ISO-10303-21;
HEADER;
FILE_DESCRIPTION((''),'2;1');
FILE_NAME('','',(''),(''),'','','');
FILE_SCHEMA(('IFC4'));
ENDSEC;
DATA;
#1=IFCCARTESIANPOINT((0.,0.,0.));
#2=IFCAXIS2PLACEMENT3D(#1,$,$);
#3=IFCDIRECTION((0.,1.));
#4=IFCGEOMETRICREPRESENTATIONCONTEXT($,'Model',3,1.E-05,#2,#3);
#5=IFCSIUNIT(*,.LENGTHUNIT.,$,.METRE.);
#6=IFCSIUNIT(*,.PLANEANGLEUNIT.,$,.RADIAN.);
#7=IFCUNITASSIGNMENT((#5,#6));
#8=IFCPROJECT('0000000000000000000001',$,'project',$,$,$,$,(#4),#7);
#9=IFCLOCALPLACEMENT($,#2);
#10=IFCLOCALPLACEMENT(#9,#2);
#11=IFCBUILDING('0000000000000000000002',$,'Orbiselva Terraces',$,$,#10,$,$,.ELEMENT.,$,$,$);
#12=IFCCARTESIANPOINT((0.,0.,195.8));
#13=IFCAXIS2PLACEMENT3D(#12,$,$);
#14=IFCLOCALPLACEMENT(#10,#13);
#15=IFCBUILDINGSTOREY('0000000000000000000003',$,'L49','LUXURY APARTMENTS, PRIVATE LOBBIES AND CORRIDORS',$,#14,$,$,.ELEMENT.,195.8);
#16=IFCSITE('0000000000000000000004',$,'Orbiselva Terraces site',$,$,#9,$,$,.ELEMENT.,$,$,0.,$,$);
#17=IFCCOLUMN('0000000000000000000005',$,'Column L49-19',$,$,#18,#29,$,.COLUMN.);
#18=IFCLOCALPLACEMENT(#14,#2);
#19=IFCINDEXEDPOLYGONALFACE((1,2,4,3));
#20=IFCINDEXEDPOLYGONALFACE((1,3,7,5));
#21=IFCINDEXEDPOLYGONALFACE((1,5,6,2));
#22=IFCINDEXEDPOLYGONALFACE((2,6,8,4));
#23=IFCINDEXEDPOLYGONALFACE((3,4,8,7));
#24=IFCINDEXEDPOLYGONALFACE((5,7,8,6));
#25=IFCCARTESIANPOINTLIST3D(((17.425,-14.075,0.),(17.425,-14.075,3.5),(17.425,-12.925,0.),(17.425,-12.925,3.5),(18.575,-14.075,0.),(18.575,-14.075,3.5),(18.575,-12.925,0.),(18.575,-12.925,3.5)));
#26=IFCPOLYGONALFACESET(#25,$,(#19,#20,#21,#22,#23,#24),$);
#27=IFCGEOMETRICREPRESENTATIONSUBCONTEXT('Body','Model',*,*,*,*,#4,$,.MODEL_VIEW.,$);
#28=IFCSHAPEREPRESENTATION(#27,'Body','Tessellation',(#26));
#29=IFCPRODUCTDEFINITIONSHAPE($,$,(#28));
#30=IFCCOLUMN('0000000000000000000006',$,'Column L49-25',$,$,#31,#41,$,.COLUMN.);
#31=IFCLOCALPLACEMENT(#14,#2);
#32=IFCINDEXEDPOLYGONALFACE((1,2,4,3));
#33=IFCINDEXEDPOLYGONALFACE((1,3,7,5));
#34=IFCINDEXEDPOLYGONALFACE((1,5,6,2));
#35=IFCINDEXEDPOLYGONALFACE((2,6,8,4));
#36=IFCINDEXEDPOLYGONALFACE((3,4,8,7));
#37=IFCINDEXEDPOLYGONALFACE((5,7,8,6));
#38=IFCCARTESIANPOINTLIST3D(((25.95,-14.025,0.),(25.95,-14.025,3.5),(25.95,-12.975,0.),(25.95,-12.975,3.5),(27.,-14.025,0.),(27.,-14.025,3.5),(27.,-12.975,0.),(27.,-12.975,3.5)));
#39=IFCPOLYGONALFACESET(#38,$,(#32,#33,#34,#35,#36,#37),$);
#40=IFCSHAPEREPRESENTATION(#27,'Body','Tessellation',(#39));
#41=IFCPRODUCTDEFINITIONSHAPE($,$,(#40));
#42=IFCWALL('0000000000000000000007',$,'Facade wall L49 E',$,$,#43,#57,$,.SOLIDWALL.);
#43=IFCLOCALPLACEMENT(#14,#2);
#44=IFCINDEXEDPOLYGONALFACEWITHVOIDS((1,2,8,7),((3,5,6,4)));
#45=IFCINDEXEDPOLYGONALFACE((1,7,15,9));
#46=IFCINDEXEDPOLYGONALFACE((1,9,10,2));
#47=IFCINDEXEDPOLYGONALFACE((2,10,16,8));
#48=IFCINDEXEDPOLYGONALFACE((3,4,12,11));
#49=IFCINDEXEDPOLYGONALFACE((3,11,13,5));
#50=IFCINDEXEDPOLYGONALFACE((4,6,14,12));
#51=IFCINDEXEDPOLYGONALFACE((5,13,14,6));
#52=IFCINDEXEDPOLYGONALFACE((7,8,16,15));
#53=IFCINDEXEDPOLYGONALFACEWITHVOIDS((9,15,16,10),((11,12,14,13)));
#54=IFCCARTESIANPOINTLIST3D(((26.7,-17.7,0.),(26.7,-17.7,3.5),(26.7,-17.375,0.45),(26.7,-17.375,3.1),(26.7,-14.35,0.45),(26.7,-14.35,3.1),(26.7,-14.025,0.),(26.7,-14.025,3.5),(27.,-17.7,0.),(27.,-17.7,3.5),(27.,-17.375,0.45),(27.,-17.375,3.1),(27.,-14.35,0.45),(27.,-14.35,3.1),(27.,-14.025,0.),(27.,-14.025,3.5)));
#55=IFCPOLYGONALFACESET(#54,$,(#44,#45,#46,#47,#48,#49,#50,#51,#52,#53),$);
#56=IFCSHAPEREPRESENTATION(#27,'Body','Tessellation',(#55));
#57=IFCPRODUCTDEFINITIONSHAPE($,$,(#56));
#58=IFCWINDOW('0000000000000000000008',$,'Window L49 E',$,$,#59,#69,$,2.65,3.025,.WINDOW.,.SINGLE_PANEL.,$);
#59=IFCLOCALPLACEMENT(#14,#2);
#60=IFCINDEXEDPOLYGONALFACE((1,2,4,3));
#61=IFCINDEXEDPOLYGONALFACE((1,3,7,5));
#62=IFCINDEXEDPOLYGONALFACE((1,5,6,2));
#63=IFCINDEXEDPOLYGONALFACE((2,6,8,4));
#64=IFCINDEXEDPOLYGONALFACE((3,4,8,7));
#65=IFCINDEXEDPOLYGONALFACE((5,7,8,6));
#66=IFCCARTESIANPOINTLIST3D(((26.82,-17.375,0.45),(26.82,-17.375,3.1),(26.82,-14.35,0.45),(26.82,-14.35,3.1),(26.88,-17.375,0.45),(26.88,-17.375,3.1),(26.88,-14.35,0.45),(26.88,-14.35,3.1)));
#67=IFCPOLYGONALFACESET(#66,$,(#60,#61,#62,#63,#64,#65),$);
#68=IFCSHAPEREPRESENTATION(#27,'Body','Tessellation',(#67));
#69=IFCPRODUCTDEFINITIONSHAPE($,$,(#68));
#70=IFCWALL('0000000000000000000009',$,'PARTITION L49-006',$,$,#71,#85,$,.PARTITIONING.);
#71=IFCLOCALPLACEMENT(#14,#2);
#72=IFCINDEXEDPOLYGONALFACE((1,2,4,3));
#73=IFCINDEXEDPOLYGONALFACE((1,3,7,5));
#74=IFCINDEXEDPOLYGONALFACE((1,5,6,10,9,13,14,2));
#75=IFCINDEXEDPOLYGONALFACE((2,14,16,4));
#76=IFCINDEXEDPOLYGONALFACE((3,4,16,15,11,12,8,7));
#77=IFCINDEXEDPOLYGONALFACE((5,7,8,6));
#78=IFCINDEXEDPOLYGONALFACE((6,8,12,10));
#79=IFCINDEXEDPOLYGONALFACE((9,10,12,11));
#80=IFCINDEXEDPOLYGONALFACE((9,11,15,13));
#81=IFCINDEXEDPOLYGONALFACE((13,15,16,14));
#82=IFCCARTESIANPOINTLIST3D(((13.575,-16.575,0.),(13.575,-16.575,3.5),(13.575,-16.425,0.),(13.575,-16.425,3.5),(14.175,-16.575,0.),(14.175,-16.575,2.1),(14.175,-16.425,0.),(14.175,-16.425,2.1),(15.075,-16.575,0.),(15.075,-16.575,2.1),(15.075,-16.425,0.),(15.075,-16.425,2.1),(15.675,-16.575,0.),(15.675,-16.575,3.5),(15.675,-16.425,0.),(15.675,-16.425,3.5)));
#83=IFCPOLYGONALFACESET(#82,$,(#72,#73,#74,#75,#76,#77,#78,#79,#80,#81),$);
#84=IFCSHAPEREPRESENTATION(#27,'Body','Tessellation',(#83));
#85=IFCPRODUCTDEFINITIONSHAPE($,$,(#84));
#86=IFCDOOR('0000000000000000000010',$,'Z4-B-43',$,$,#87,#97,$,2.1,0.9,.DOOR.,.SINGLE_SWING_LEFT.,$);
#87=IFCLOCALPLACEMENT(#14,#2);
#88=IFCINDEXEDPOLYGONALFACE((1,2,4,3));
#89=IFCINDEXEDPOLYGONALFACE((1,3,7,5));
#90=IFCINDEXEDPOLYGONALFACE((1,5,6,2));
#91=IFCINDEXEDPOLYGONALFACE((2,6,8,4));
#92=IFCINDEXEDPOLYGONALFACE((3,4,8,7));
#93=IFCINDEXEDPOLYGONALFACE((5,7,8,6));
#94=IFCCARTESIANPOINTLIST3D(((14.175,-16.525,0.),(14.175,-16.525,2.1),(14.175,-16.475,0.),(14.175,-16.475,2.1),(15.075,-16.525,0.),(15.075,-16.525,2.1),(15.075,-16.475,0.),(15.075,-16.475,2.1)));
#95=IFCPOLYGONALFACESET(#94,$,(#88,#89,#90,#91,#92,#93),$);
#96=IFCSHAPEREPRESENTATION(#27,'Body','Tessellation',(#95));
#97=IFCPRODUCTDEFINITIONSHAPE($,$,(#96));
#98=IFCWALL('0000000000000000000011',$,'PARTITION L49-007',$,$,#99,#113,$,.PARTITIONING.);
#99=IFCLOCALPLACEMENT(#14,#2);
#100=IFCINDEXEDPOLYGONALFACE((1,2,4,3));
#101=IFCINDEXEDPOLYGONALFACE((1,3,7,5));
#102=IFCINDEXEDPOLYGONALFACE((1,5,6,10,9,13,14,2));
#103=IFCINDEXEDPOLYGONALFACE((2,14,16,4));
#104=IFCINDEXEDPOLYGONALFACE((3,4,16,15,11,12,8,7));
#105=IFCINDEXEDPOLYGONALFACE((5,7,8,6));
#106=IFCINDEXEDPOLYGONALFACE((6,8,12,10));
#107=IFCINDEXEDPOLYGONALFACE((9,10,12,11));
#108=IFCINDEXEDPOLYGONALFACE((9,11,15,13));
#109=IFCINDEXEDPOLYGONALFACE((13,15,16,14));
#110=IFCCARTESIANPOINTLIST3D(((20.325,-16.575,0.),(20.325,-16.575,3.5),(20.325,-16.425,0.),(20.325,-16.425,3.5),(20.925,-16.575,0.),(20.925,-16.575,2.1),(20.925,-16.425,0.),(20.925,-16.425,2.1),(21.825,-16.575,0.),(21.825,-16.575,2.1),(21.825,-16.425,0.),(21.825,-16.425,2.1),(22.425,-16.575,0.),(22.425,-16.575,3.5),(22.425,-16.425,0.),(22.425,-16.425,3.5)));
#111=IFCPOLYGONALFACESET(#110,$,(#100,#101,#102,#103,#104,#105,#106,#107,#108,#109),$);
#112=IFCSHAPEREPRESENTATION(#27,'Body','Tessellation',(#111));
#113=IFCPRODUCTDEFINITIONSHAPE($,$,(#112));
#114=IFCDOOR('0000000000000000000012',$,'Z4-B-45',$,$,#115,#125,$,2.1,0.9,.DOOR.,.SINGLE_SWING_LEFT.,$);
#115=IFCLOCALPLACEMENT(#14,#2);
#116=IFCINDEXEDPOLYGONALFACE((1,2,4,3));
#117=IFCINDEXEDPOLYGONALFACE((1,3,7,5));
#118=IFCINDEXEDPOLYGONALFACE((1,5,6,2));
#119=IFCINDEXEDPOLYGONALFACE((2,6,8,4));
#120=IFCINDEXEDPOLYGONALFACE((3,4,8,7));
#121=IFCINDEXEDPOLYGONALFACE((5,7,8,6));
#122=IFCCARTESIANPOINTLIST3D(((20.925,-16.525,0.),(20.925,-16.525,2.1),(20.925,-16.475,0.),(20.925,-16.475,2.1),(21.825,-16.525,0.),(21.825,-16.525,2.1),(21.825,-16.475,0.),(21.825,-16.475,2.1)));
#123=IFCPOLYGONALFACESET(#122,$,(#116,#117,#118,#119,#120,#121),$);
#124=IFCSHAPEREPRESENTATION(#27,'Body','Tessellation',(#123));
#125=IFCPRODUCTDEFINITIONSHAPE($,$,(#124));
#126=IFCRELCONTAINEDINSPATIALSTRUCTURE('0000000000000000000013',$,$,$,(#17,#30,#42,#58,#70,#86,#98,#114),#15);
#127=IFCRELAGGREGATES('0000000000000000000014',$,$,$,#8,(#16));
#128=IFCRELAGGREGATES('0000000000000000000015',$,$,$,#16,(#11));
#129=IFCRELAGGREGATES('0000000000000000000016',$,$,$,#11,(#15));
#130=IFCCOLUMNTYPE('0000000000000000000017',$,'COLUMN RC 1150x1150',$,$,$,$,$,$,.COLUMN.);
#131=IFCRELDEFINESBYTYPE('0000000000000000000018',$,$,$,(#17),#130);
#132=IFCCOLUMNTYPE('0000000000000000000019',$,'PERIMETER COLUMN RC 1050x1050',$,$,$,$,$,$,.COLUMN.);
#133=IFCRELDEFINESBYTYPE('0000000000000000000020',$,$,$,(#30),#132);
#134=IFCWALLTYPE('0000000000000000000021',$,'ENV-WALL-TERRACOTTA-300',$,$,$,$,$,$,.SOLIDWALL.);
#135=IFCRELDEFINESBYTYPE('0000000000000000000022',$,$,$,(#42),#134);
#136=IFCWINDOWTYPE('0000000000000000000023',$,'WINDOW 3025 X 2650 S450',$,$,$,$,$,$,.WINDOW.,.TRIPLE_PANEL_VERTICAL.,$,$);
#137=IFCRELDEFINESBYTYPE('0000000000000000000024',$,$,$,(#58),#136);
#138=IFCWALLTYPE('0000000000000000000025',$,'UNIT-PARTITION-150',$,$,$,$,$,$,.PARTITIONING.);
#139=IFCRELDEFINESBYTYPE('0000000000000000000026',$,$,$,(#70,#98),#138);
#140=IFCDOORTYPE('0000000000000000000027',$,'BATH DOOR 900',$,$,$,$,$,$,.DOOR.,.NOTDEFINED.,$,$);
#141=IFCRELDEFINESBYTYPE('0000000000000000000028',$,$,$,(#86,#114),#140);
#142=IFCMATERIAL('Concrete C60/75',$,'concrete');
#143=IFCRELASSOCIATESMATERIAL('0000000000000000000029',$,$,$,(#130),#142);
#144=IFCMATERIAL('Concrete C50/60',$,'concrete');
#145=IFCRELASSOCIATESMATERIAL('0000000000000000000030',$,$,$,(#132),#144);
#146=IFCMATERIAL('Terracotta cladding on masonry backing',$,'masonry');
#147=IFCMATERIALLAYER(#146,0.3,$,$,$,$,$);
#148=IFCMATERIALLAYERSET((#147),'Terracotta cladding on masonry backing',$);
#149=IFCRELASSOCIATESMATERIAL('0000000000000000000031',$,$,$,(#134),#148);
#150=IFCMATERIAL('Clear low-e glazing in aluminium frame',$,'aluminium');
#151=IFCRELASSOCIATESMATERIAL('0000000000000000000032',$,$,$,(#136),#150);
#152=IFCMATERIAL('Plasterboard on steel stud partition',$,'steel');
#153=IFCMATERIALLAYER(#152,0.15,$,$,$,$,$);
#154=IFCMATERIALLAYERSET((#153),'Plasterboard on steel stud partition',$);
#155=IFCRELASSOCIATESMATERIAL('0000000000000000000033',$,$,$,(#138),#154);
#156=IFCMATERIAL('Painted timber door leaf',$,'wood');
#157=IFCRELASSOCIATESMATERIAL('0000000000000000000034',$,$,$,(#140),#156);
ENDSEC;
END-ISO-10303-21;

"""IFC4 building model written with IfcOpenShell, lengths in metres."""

from ifc_helpers import new_model, si_unit, direction, frame, frame_2d, origin, origin_2d, place, context, subcontext, project, spatial, rectangle, extrude, material, layer, layer_set, material_profile, profile_set, type_object, element, fill, save


model = new_model("IFC4")

# Units and contexts
model_context = context("Model", 3, precision=1e-05, world=origin(), true_north=direction((0.0, 1.0)))
body_context = subcontext(model_context, "Body", "Model", "MODEL_VIEW")
ifc_project = project(units=[si_unit("LENGTHUNIT", "METRE"), si_unit("PLANEANGLEUNIT", "RADIAN")], contexts=[model_context])

# Site, building, storey
site_placement = place(None, origin())
site = spatial("IfcSite", under=ifc_project, at=site_placement, Name="Orbiselva Terraces site", CompositionType="ELEMENT", RefElevation=0.0)
building_placement = place(site_placement, origin())
building = spatial("IfcBuilding", under=site, at=building_placement, Name="Orbiselva Terraces", CompositionType="ELEMENT")
storey_placement = place(building_placement, frame((0.0, 0.0, 195.8)))
storey = spatial("IfcBuildingStorey", under=building, at=storey_placement, Name="L49", Description="LUXURY APARTMENTS, PRIVATE LOBBIES AND CORRIDORS", CompositionType="ELEMENT", Elevation=195.8)

# Columns
ifc_material_1 = material(Name="Concrete C60/75", Category="concrete")
ifc_material_profile_1 = material_profile(ifc_material_1, rectangle(XDim=1.15, YDim=1.15, at=origin_2d()), Name="RC 1150x1150")
ifc_profile_set_1 = profile_set([ifc_material_profile_1], Name="Concrete C60/75")
column_type_1 = type_object("IfcColumnType", Name="COLUMN RC 1150x1150", PredefinedType="COLUMN", material=ifc_profile_set_1)
column_1_placement = place(storey_placement, frame((18.0, -13.5, 0.0), z_axis=(0.0, 0.0, 1.0), x_axis=(1.0, 0.0, 0.0)))
element("IfcColumn", 1, at=column_1_placement, inside=storey, type_object=column_type_1, Name="Column L49-19", PredefinedType="COLUMN", context=body_context, shape_type="SweptSolid", body=[
    extrude(rectangle(XDim=1.15, YDim=1.15, at=origin_2d()), origin(), (0.0, 0.0, 1.0), 3.5),
])
ifc_material_2 = material(Name="Concrete C50/60", Category="concrete")
ifc_material_profile_2 = material_profile(ifc_material_2, rectangle(XDim=1.05, YDim=1.05, at=origin_2d()), Name="RC 1050x1050")
ifc_profile_set_2 = profile_set([ifc_material_profile_2], Name="Concrete C50/60")
column_type_2 = type_object("IfcColumnType", Name="PERIMETER COLUMN RC 1050x1050", PredefinedType="COLUMN", material=ifc_profile_set_2)
column_2_placement = place(storey_placement, frame((26.475, -13.5, 0.0), z_axis=(0.0, 0.0, 1.0), x_axis=(1.0, 0.0, 0.0)))
element("IfcColumn", 2, at=column_2_placement, inside=storey, type_object=column_type_2, Name="Column L49-25", PredefinedType="COLUMN", context=body_context, shape_type="SweptSolid", body=[
    extrude(rectangle(XDim=1.05, YDim=1.05, at=origin_2d()), origin(), (0.0, 0.0, 1.0), 3.5),
])

# Wall, opening, window
ifc_material_3 = material(Name="Terracotta cladding on masonry backing", Category="masonry")
ifc_layer_1 = layer(ifc_material_3, 0.3)
ifc_layer_set_1 = layer_set([ifc_layer_1], Name="Terracotta cladding on masonry backing")
wall_type_1 = type_object("IfcWallType", Name="ENV-WALL-TERRACOTTA-300", PredefinedType="SOLIDWALL", material=ifc_layer_set_1)
wall_1_placement = place(storey_placement, frame((26.85, -14.025, 0.0), z_axis=(0.0, 0.0, 1.0), x_axis=(0.0, -1.0, 0.0)))
wall_1 = element("IfcWall", 3, at=wall_1_placement, inside=storey, type_object=wall_type_1, Name="Facade wall L49 E", PredefinedType="SOLIDWALL", context=body_context, shape_type="SweptSolid", body=[
    extrude(rectangle(XDim=3.675, YDim=0.3, at=frame_2d((1.8375, 0.0))), origin(), (0.0, 0.0, 1.0), 3.5),
])
opening_1_placement = place(wall_1_placement, frame((0.325, 0.0, 0.45)))
opening_1 = element("IfcOpeningElement", 4, at=opening_1_placement, cuts=wall_1, PredefinedType="OPENING", context=body_context, shape_type="SweptSolid", body=[
    extrude(rectangle(XDim=3.025, YDim=2.65, at=frame_2d((1.5125, 1.325))), frame((0.0, 0.16, 0.0), z_axis=(0.0, -1.0, 0.0), x_axis=(1.0, 0.0, 0.0)), (0.0, 0.0, 1.0), 0.32),
])
ifc_material_4 = material(Name="Clear low-e glazing in aluminium frame", Category="aluminium")
window_type = type_object("IfcWindowType", Name="WINDOW 3025 X 2650 S450", PartitioningType="TRIPLE_PANEL_VERTICAL", PredefinedType="WINDOW", material=ifc_material_4)
window_placement = place(opening_1_placement, origin())
window = element("IfcWindow", 5, at=window_placement, inside=storey, type_object=window_type, Name="Window L49 E", OverallHeight=2.65, OverallWidth=3.025, PartitioningType="SINGLE_PANEL", PredefinedType="WINDOW", context=body_context, shape_type="SweptSolid", body=[
    extrude(rectangle(XDim=3.025, YDim=2.65, at=frame_2d((1.5125, 1.325))), frame((0.0, 0.03, 0.0), z_axis=(0.0, -1.0, 0.0), x_axis=(1.0, 0.0, 0.0)), (0.0, 0.0, 1.0), 0.06),
])
fill(opening_1, window)

# Walls, openings, doors
ifc_material_5 = material(Name="Plasterboard on steel stud partition", Category="steel")
ifc_layer_2 = layer(ifc_material_5, 0.15)
ifc_layer_set_2 = layer_set([ifc_layer_2], Name="Plasterboard on steel stud partition")
wall_type_2 = type_object("IfcWallType", Name="UNIT-PARTITION-150", PredefinedType="PARTITIONING", material=ifc_layer_set_2)
wall_2_placement = place(storey_placement, frame((13.575, -16.5, 0.0), z_axis=(0.0, 0.0, 1.0), x_axis=(1.0, 0.0, 0.0)))
wall_2 = element("IfcWall", 6, at=wall_2_placement, inside=storey, type_object=wall_type_2, Name="PARTITION L49-006", PredefinedType="PARTITIONING", context=body_context, shape_type="SweptSolid", body=[
    extrude(rectangle(XDim=2.1, YDim=0.15, at=frame_2d((1.05, 0.0))), origin(), (0.0, 0.0, 1.0), 3.5),
])
opening_2_placement = place(wall_2_placement, frame((0.6, 0.0, 0.0)))
opening_2 = element("IfcOpeningElement", 7, at=opening_2_placement, cuts=wall_2, PredefinedType="OPENING", context=body_context, shape_type="SweptSolid", body=[
    extrude(rectangle(XDim=0.9, YDim=2.1, at=frame_2d((0.45, 1.05))), frame((0.0, 0.085, 0.0), z_axis=(0.0, -1.0, 0.0), x_axis=(1.0, 0.0, 0.0)), (0.0, 0.0, 1.0), 0.17),
])
ifc_material_6 = material(Name="Painted timber door leaf", Category="wood")
door_type_1 = type_object("IfcDoorType", Name="BATH DOOR 900", OperationType="NOTDEFINED", PredefinedType="DOOR", material=ifc_material_6)
door_1_placement = place(opening_2_placement, origin())
door_1 = element("IfcDoor", 8, at=door_1_placement, inside=storey, type_object=door_type_1, Name="Z4-B-43", OperationType="SINGLE_SWING_LEFT", OverallHeight=2.1, OverallWidth=0.9, PredefinedType="DOOR", context=body_context, shape_type="SweptSolid", body=[
    extrude(rectangle(XDim=0.9, YDim=2.1, at=frame_2d((0.45, 1.05))), frame((0.0, 0.025, 0.0), z_axis=(0.0, -1.0, 0.0), x_axis=(1.0, 0.0, 0.0)), (0.0, 0.0, 1.0), 0.05),
])
fill(opening_2, door_1)
wall_3_placement = place(storey_placement, frame((20.325, -16.5, 0.0), z_axis=(0.0, 0.0, 1.0), x_axis=(1.0, 0.0, 0.0)))
wall_3 = element("IfcWall", 9, at=wall_3_placement, inside=storey, type_object=wall_type_2, Name="PARTITION L49-007", PredefinedType="PARTITIONING", context=body_context, shape_type="SweptSolid", body=[
    extrude(rectangle(XDim=2.1, YDim=0.15, at=frame_2d((1.05, 0.0))), origin(), (0.0, 0.0, 1.0), 3.5),
])
opening_3_placement = place(wall_3_placement, frame((0.6, 0.0, 0.0)))
opening_3 = element("IfcOpeningElement", 10, at=opening_3_placement, cuts=wall_3, PredefinedType="OPENING", context=body_context, shape_type="SweptSolid", body=[
    extrude(rectangle(XDim=0.9, YDim=2.1, at=frame_2d((0.45, 1.05))), frame((0.0, 0.085, 0.0), z_axis=(0.0, -1.0, 0.0), x_axis=(1.0, 0.0, 0.0)), (0.0, 0.0, 1.0), 0.17),
])
door_2_placement = place(opening_3_placement, origin())
door_2 = element("IfcDoor", 11, at=door_2_placement, inside=storey, type_object=door_type_1, Name="Z4-B-45", OperationType="SINGLE_SWING_LEFT", OverallHeight=2.1, OverallWidth=0.9, PredefinedType="DOOR", context=body_context, shape_type="SweptSolid", body=[
    extrude(rectangle(XDim=0.9, YDim=2.1, at=frame_2d((0.45, 1.05))), frame((0.0, 0.025, 0.0), z_axis=(0.0, -1.0, 0.0), x_axis=(1.0, 0.0, 0.0)), (0.0, 0.0, 1.0), 0.05),
])
fill(opening_3, door_2)

save(model, "model.ifc")
